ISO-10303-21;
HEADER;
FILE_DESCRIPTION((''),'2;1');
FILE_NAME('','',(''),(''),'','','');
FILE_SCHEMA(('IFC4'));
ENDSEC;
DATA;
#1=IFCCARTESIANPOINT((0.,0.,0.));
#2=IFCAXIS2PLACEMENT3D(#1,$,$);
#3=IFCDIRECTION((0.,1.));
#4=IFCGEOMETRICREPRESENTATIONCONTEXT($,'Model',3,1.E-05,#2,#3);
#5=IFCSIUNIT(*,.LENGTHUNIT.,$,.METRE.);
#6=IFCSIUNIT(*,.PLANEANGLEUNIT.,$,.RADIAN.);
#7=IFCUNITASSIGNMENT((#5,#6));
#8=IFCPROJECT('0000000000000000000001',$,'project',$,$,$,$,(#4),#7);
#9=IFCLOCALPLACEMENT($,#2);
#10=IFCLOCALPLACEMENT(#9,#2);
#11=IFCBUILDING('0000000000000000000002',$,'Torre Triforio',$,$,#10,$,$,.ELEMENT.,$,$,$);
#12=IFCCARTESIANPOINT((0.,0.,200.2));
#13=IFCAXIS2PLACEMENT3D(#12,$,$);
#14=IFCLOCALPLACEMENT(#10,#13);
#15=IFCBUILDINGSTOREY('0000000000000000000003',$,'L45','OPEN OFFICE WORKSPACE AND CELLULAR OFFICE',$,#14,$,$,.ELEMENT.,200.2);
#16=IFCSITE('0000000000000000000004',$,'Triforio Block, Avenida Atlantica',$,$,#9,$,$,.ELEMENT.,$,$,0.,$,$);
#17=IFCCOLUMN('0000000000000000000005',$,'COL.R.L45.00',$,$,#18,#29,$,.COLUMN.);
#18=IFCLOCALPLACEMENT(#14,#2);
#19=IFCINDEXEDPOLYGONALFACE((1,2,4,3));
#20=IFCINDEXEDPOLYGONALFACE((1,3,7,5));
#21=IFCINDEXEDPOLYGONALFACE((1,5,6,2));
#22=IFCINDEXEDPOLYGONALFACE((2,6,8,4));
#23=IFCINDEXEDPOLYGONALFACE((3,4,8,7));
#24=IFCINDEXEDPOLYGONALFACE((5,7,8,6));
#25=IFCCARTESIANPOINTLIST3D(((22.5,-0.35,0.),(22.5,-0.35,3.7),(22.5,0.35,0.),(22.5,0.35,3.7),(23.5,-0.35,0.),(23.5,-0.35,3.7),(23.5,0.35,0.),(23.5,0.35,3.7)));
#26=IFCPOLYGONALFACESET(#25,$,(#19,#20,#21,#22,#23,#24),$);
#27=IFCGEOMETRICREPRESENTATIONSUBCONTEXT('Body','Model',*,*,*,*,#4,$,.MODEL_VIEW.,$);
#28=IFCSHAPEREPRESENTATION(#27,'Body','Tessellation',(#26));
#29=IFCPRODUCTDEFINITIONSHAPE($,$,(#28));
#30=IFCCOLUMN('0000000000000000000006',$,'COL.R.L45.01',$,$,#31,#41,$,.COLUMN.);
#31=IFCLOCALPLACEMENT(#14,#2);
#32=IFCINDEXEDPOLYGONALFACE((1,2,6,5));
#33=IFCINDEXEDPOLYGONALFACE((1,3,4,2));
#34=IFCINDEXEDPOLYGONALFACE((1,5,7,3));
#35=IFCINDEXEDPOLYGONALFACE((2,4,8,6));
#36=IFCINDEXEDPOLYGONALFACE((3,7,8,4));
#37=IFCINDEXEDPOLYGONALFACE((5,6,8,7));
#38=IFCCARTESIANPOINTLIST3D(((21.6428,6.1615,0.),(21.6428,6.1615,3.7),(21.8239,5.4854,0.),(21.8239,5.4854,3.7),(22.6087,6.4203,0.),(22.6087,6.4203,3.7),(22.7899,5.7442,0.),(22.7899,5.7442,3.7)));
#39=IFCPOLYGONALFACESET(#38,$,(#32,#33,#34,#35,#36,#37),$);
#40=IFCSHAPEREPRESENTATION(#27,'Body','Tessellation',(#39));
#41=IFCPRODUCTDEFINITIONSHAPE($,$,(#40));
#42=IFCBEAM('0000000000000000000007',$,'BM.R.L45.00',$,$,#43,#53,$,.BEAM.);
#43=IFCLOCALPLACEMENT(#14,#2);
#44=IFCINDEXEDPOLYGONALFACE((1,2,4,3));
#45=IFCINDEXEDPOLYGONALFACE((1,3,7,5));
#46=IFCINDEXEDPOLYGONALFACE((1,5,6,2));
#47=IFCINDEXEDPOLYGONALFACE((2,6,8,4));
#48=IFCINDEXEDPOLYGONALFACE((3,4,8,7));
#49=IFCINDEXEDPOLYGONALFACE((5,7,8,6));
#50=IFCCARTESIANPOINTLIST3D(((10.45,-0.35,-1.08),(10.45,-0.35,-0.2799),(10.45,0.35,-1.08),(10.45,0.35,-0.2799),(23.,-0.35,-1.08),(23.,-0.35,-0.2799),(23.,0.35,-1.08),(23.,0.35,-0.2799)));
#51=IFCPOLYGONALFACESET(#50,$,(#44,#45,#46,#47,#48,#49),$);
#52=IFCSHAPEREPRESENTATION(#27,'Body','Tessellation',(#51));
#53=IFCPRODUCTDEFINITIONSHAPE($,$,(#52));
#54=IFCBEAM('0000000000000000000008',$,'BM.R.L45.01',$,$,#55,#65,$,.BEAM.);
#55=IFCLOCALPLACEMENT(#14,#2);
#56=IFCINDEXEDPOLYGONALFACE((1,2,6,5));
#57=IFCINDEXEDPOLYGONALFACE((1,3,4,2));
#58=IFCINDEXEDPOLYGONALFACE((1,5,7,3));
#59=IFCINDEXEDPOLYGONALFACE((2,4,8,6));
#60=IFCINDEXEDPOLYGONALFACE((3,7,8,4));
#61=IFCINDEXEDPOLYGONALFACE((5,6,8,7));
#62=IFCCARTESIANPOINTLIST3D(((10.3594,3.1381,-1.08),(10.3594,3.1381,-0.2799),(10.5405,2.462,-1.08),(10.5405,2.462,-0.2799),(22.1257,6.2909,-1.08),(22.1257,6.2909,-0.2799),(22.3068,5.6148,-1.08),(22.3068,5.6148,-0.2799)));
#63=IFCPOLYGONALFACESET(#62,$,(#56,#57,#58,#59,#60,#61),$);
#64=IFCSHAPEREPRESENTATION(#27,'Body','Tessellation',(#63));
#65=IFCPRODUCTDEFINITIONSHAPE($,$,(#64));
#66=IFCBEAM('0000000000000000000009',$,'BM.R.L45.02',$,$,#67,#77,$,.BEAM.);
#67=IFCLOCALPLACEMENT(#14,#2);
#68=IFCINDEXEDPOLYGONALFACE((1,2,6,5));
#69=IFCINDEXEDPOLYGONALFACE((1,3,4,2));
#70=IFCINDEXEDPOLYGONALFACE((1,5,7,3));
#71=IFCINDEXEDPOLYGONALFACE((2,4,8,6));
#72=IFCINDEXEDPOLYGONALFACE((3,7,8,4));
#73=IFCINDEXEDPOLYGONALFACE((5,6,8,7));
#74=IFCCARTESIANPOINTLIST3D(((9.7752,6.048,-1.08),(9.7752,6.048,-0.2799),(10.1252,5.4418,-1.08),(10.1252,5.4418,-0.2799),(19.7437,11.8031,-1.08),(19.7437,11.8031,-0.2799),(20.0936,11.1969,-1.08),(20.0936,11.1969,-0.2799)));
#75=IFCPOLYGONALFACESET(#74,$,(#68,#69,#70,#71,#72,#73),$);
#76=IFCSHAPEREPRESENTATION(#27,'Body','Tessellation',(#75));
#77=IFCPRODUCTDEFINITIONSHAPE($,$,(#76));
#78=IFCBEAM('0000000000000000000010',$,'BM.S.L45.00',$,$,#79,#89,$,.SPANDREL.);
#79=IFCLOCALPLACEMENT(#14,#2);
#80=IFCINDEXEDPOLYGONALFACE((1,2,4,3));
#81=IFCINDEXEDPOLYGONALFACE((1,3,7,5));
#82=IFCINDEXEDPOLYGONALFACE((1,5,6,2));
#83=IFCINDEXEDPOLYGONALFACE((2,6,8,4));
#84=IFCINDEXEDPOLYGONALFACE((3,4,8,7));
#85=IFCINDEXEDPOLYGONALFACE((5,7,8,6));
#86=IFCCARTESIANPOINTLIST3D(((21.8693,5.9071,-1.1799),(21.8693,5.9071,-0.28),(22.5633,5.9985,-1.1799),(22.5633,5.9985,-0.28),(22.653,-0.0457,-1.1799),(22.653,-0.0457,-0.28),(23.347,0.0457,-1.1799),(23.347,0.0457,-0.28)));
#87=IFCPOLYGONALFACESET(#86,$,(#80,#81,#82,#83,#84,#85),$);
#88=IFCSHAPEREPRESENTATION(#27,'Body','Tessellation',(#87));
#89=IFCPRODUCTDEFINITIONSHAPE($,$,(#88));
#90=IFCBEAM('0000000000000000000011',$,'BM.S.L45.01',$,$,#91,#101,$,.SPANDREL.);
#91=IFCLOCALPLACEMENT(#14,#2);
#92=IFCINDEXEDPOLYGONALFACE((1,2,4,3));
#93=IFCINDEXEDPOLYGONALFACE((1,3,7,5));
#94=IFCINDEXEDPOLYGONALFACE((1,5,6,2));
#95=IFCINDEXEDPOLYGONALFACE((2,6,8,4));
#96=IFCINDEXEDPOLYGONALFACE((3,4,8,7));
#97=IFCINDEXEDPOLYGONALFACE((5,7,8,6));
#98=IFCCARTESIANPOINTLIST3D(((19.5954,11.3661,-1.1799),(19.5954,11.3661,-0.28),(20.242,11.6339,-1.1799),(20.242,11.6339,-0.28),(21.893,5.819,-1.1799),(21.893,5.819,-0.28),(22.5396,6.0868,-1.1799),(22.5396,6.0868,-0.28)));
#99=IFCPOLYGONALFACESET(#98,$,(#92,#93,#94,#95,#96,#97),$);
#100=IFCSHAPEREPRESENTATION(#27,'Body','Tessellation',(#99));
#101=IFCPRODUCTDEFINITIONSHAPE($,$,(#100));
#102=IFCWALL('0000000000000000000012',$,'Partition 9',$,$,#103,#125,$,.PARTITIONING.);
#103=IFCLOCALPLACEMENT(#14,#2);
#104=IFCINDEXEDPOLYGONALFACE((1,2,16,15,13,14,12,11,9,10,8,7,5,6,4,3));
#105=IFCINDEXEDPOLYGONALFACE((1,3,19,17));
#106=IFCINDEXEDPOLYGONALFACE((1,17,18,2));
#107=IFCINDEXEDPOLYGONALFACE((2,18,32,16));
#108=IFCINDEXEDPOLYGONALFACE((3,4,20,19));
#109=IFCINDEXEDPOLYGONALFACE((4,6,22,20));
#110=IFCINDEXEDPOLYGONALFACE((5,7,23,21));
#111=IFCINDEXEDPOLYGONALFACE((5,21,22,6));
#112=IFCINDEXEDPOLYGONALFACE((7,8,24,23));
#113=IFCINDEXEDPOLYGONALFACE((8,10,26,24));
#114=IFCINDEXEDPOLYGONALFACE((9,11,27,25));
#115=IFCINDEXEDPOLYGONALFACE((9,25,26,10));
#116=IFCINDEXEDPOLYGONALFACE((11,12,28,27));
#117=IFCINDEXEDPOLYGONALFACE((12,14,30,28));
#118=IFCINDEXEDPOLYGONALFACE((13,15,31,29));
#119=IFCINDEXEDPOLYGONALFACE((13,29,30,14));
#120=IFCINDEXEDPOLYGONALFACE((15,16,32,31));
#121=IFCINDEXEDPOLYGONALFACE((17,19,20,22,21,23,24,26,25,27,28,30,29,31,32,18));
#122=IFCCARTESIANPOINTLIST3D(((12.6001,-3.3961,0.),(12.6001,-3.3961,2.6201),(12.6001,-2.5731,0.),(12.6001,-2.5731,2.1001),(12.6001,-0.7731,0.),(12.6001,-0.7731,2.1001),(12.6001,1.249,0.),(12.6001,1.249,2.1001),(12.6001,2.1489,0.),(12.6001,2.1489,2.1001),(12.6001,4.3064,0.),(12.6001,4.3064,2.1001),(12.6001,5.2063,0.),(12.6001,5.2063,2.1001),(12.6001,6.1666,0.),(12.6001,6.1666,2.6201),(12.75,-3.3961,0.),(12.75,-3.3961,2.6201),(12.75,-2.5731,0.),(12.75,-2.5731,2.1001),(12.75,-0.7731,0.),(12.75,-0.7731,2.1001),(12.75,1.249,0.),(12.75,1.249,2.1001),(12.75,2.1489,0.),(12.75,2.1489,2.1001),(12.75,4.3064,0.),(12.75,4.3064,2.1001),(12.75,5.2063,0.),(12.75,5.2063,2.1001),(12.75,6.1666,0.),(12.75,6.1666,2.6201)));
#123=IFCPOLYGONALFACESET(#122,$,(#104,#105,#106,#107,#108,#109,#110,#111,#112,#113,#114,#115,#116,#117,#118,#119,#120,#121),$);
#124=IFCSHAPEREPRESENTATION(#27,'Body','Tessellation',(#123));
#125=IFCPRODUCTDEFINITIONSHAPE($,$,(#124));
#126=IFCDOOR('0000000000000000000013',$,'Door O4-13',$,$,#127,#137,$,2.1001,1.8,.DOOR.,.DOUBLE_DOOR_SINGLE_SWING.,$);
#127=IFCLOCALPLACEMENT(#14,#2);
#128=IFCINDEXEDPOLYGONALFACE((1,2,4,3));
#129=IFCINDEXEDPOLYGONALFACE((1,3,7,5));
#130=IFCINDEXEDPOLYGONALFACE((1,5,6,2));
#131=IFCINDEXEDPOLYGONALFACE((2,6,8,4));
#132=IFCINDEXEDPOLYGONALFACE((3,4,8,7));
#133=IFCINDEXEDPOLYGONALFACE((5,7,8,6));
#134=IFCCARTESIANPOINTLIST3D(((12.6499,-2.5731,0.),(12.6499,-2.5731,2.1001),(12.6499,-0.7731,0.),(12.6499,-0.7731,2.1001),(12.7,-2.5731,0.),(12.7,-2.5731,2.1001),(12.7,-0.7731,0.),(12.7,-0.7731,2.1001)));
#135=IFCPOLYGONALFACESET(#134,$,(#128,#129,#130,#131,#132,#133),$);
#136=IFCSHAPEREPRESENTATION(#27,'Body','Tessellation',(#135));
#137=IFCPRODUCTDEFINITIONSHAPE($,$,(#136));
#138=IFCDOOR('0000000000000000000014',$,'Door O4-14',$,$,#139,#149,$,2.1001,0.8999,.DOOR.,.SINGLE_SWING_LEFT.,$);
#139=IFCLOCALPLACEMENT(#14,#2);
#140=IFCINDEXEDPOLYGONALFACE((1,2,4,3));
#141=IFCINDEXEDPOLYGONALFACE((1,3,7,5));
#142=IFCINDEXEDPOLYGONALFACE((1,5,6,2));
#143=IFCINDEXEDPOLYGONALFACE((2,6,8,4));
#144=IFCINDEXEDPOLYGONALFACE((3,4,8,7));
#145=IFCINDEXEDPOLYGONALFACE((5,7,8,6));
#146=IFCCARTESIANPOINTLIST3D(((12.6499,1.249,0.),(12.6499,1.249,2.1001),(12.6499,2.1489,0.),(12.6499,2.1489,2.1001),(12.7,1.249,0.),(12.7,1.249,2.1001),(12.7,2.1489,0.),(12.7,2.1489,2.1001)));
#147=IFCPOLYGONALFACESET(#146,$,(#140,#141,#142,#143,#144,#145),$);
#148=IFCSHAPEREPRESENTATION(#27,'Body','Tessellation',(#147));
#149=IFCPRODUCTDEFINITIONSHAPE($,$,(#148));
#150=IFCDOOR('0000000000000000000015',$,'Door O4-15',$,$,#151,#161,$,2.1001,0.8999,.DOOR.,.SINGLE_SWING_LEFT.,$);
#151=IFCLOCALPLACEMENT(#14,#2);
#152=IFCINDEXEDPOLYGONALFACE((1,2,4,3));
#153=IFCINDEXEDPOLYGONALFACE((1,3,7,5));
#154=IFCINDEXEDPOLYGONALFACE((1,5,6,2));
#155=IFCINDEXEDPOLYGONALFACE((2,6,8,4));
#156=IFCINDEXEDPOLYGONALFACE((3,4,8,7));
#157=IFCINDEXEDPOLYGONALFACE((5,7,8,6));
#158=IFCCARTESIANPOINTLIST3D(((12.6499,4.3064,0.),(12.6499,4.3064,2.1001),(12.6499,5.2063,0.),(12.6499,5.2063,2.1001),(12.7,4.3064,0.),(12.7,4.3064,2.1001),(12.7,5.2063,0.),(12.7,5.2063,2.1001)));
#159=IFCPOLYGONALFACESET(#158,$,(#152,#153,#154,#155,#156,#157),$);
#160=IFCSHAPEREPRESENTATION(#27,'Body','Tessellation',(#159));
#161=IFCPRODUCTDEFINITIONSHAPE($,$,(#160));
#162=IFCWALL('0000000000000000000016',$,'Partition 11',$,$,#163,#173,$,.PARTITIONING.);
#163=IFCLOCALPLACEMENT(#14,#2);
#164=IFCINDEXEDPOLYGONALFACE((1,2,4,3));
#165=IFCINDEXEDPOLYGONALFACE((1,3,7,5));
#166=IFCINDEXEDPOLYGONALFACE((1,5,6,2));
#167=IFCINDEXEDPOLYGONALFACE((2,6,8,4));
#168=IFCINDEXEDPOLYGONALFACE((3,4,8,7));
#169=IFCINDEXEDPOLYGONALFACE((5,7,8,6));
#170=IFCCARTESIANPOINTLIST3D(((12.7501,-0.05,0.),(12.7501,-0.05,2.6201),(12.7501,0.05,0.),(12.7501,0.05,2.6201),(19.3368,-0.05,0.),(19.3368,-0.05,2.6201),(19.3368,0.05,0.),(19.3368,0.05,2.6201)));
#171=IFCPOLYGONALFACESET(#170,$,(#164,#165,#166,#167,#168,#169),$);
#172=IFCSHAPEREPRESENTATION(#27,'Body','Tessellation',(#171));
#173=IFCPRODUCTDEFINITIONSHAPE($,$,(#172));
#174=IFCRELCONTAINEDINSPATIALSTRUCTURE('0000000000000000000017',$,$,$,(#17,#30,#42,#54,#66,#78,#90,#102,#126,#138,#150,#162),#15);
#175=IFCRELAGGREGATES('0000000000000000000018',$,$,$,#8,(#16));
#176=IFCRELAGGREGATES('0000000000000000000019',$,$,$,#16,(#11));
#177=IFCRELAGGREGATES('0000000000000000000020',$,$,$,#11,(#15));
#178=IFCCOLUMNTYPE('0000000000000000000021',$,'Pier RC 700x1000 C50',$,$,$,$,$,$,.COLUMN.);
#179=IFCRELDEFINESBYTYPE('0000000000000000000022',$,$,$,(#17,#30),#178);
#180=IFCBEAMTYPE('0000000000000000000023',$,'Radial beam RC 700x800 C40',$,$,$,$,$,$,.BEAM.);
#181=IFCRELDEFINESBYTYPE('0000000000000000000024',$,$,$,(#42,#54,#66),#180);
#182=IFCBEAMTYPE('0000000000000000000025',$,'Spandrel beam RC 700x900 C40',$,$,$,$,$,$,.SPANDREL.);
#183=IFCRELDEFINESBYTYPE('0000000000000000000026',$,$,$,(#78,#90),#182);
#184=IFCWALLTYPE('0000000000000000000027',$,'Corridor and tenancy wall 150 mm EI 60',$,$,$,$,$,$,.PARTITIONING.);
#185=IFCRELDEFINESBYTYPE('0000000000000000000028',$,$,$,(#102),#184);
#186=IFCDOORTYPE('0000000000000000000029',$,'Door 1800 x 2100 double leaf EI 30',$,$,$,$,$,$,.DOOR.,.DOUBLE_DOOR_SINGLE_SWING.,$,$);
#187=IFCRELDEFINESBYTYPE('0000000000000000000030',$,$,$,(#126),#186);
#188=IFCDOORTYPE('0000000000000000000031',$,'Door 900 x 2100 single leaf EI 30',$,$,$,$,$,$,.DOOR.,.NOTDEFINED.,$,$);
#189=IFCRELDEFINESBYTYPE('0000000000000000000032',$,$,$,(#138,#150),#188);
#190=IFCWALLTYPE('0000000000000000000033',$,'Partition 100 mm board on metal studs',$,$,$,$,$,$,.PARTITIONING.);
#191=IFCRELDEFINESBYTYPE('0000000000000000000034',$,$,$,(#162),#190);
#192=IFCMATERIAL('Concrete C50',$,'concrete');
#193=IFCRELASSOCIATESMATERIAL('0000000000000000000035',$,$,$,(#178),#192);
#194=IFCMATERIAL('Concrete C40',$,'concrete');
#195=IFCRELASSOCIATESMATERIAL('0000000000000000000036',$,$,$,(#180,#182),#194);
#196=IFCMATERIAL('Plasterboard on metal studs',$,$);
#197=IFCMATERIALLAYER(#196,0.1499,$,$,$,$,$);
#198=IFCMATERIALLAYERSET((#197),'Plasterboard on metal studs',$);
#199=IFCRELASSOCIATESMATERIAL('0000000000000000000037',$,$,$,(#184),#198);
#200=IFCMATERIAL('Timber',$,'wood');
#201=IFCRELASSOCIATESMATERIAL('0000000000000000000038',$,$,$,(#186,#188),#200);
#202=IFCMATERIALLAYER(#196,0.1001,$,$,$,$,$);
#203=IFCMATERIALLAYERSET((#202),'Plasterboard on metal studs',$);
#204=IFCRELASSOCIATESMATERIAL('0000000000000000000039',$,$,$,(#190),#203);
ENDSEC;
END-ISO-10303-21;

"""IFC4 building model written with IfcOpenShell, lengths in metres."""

from ifc_helpers import new_model, si_unit, direction, frame, frame_2d, origin, origin_2d, place, context, subcontext, project, spatial, rectangle, extrude, material, layer, layer_set, material_profile, profile_set, type_object, element, fill, save


model = new_model("IFC4")

# Units and contexts
model_context = context("Model", 3, precision=1e-05, world=origin(), true_north=direction((0.0, 1.0)))
body_context = subcontext(model_context, "Body", "Model", "MODEL_VIEW")
ifc_project = project(units=[si_unit("LENGTHUNIT", "METRE"), si_unit("PLANEANGLEUNIT", "RADIAN")], contexts=[model_context])

# Site, building, storey
site_placement = place(None, origin())
site = spatial("IfcSite", under=ifc_project, at=site_placement, Name="Triforio Block, Avenida Atlantica", CompositionType="ELEMENT", RefElevation=0.0)
building_placement = place(site_placement, origin())
building = spatial("IfcBuilding", under=site, at=building_placement, Name="Torre Triforio", CompositionType="ELEMENT")
storey_placement = place(building_placement, frame((0.0, 0.0, 200.2)))
storey = spatial("IfcBuildingStorey", under=building, at=storey_placement, Name="L45", Description="OPEN OFFICE WORKSPACE AND CELLULAR OFFICE", CompositionType="ELEMENT", Elevation=200.2)

# Columns
ifc_material_1 = material(Name="Concrete C50", Category="concrete")
ifc_material_profile_1 = material_profile(ifc_material_1, rectangle(XDim=0.7, YDim=1.0, at=origin_2d()), Name="RC 700x1000")
ifc_profile_set_1 = profile_set([ifc_material_profile_1], Name="Concrete C50")
column_type = type_object("IfcColumnType", Name="Pier RC 700x1000 C50", PredefinedType="COLUMN", material=ifc_profile_set_1)
for number, where, z_axis, x_axis, name in (
    (1, (23.0, 0.0, 0.0), (0.0, 0.0, 1.0), (0.0, 1.0, 0.0), "COL.R.L45.00"),
    (2, (22.2163, 5.9529, 0.0), (0.0, 0.0, 1.0), (-0.258819, 0.965926, 0.0), "COL.R.L45.01"),
):
    element("IfcColumn", number, at=place(storey_placement, frame(where, z_axis=z_axis, x_axis=x_axis)), inside=storey, type_object=column_type, Name=name, PredefinedType="COLUMN", context=body_context, shape_type="SweptSolid", body=[
        extrude(rectangle(XDim=0.7, YDim=1.0, at=origin_2d()), origin(), (0.0, 0.0, 1.0), 3.7),
    ])

# Beams
ifc_material_2 = material(Name="Concrete C40", Category="concrete")
ifc_material_profile_2 = material_profile(ifc_material_2, rectangle(XDim=0.7, YDim=0.8, at=origin_2d()), Name="RC 700x800")
ifc_profile_set_2 = profile_set([ifc_material_profile_2], Name="Concrete C40")
beam_type_1 = type_object("IfcBeamType", Name="Radial beam RC 700x800 C40", PredefinedType="BEAM", material=ifc_profile_set_2)
beam_1_placement = place(storey_placement, frame((10.45, 0.0, -0.6799), z_axis=(1.0, 0.0, 0.0), x_axis=(0.0, 1.0, 0.0)))
element("IfcBeam", 3, at=beam_1_placement, inside=storey, type_object=beam_type_1, Name="BM.R.L45.00", PredefinedType="BEAM", context=body_context, shape_type="SweptSolid", body=[
    extrude(rectangle(XDim=0.7, YDim=0.8, at=origin_2d()), origin(), (0.0, 0.0, 1.0), 12.55),
])
beam_2_placement = place(storey_placement, frame((10.45, 2.8, -0.6799), z_axis=(0.965925, 0.258823, 0.0), x_axis=(-0.258823, 0.965925, 0.0)))
element("IfcBeam", 4, at=beam_2_placement, inside=storey, type_object=beam_type_1, Name="BM.R.L45.01", PredefinedType="BEAM", context=body_context, shape_type="SweptSolid", body=[
    extrude(rectangle(XDim=0.7, YDim=0.8, at=origin_2d()), origin(), (0.0, 0.0, 1.0), 12.1814),
])
beam_3_placement = place(storey_placement, frame((9.9502, 5.7449, -0.6799), z_axis=(0.866033, 0.499987, 0.0), x_axis=(-0.499987, 0.866033, 0.0)))
element("IfcBeam", 5, at=beam_3_placement, inside=storey, type_object=beam_type_1, Name="BM.R.L45.02", PredefinedType="BEAM", context=body_context, shape_type="SweptSolid", body=[
    extrude(rectangle(XDim=0.7, YDim=0.8, at=origin_2d()), origin(), (0.0, 0.0, 1.0), 11.5105),
])
ifc_material_profile_3 = material_profile(ifc_material_2, rectangle(XDim=0.7, YDim=0.8999, at=origin_2d()), Name="RC 700x900")
ifc_profile_set_3 = profile_set([ifc_material_profile_3], Name="Concrete C40")
beam_type_2 = type_object("IfcBeamType", Name="Spandrel beam RC 700x900 C40", PredefinedType="SPANDREL", material=ifc_profile_set_3)
for number, where, z_axis, x_axis, name in (
    (6, (23.0, 0.0, -0.73), (-0.130523, 0.991445, 0.0), (-0.991445, -0.130523, 0.0), "BM.S.L45.00"),
    (7, (22.2163, 5.9529, -0.73), (-0.382671, 0.923885, 0.0), (-0.923885, -0.382671, 0.0), "BM.S.L45.01"),
):
    element("IfcBeam", number, at=place(storey_placement, frame(where, z_axis=z_axis, x_axis=x_axis)), inside=storey, type_object=beam_type_2, Name=name, PredefinedType="SPANDREL", context=body_context, shape_type="SweptSolid", body=[
        extrude(rectangle(XDim=0.7, YDim=0.8999, at=origin_2d()), origin(), (0.0, 0.0, 1.0), 6.0042),
    ])

# Wall, openings, doors
ifc_material_3 = material(Name="Plasterboard on metal studs")
ifc_layer_1 = layer(ifc_material_3, 0.1499)
ifc_layer_set_1 = layer_set([ifc_layer_1], Name="Plasterboard on metal studs")
wall_type_1 = type_object("IfcWallType", Name="Corridor and tenancy wall 150 mm EI 60", PredefinedType="PARTITIONING", material=ifc_layer_set_1)
wall_1_placement = place(storey_placement, frame((12.675, 6.1665, 0.0), z_axis=(0.0, 0.0, 1.0), x_axis=(0.0, -1.0, 0.0)))
wall_1 = element("IfcWall", 8, at=wall_1_placement, inside=storey, type_object=wall_type_1, Name="Partition 9", PredefinedType="PARTITIONING", context=body_context, shape_type="SweptSolid", body=[
    extrude(rectangle(XDim=9.5627, YDim=0.1499, at=frame_2d((4.7812, 0.0))), origin(), (0.0, 0.0, 1.0), 2.6201),
])
opening_1_placement = place(wall_1_placement, frame((6.9397, 0.0, 0.0)))
opening_1 = element("IfcOpeningElement", 9, at=opening_1_placement, cuts=wall_1, PredefinedType="OPENING", context=body_context, shape_type="SweptSolid", body=[
    extrude(rectangle(XDim=1.8, YDim=2.1001, at=frame_2d((0.8999, 1.05))), frame((0.0, 0.085, 0.0), z_axis=(0.0, -1.0, 0.0), x_axis=(1.0, 0.0, 0.0)), (0.0, 0.0, 1.0), 0.1699),
])
opening_2_placement = place(wall_1_placement, frame((4.0176, 0.0, 0.0)))
opening_2 = element("IfcOpeningElement", 10, at=opening_2_placement, cuts=wall_1, PredefinedType="OPENING", context=body_context, shape_type="SweptSolid", body=[
    extrude(rectangle(XDim=0.8999, YDim=2.1001, at=frame_2d((0.45, 1.05))), frame((0.0, 0.085, 0.0), z_axis=(0.0, -1.0, 0.0), x_axis=(1.0, 0.0, 0.0)), (0.0, 0.0, 1.0), 0.1699),
])
opening_3_placement = place(wall_1_placement, frame((0.9602, 0.0, 0.0)))
opening_3 = element("IfcOpeningElement", 11, at=opening_3_placement, cuts=wall_1, PredefinedType="OPENING", context=body_context, shape_type="SweptSolid", body=[
    extrude(rectangle(XDim=0.8999, YDim=2.1001, at=frame_2d((0.45, 1.05))), frame((0.0, 0.085, 0.0), z_axis=(0.0, -1.0, 0.0), x_axis=(1.0, 0.0, 0.0)), (0.0, 0.0, 1.0), 0.1699),
])
ifc_material_4 = material(Name="Timber", Category="wood")
door_type_1 = type_object("IfcDoorType", Name="Door 1800 x 2100 double leaf EI 30", OperationType="DOUBLE_DOOR_SINGLE_SWING", PredefinedType="DOOR", material=ifc_material_4)
door_1_placement = place(opening_1_placement, origin())
door_1 = element("IfcDoor", 12, at=door_1_placement, inside=storey, type_object=door_type_1, Name="Door O4-13", OperationType="DOUBLE_DOOR_SINGLE_SWING", OverallHeight=2.1001, OverallWidth=1.8, PredefinedType="DOOR", context=body_context, shape_type="SweptSolid", body=[
    extrude(rectangle(XDim=1.8, YDim=2.1001, at=frame_2d((0.8999, 1.05))), frame((0.0, 0.0249, 0.0), z_axis=(0.0, -1.0, 0.0), x_axis=(1.0, 0.0, 0.0)), (0.0, 0.0, 1.0), 0.05),
])
fill(opening_1, door_1)
door_type_2 = type_object("IfcDoorType", Name="Door 900 x 2100 single leaf EI 30", OperationType="NOTDEFINED", PredefinedType="DOOR", material=ifc_material_4)
door_2_placement = place(opening_2_placement, origin())
door_2 = element("IfcDoor", 13, at=door_2_placement, inside=storey, type_object=door_type_2, Name="Door O4-14", OperationType="SINGLE_SWING_LEFT", OverallHeight=2.1001, OverallWidth=0.8999, PredefinedType="DOOR", context=body_context, shape_type="SweptSolid", body=[
    extrude(rectangle(XDim=0.8999, YDim=2.1001, at=frame_2d((0.45, 1.05))), frame((0.0, 0.0249, 0.0), z_axis=(0.0, -1.0, 0.0), x_axis=(1.0, 0.0, 0.0)), (0.0, 0.0, 1.0), 0.05),
])
fill(opening_2, door_2)
door_3_placement = place(opening_3_placement, origin())
door_3 = element("IfcDoor", 14, at=door_3_placement, inside=storey, type_object=door_type_2, Name="Door O4-15", OperationType="SINGLE_SWING_LEFT", OverallHeight=2.1001, OverallWidth=0.8999, PredefinedType="DOOR", context=body_context, shape_type="SweptSolid", body=[
    extrude(rectangle(XDim=0.8999, YDim=2.1001, at=frame_2d((0.45, 1.05))), frame((0.0, 0.0249, 0.0), z_axis=(0.0, -1.0, 0.0), x_axis=(1.0, 0.0, 0.0)), (0.0, 0.0, 1.0), 0.05),
])
fill(opening_3, door_3)

# Wall
ifc_layer_2 = layer(ifc_material_3, 0.1001)
ifc_layer_set_2 = layer_set([ifc_layer_2], Name="Plasterboard on metal studs")
wall_type_2 = type_object("IfcWallType", Name="Partition 100 mm board on metal studs", PredefinedType="PARTITIONING", material=ifc_layer_set_2)
wall_2_placement = place(storey_placement, frame((12.75, 0.0, 0.0), z_axis=(0.0, 0.0, 1.0), x_axis=(1.0, 0.0, 0.0)))
element("IfcWall", 15, at=wall_2_placement, inside=storey, type_object=wall_type_2, Name="Partition 11", PredefinedType="PARTITIONING", context=body_context, shape_type="SweptSolid", body=[
    extrude(rectangle(XDim=6.5867, YDim=0.1001, at=frame_2d((3.2935, 0.0))), origin(), (0.0, 0.0, 1.0), 2.6201),
])

save(model, "model.ifc")
